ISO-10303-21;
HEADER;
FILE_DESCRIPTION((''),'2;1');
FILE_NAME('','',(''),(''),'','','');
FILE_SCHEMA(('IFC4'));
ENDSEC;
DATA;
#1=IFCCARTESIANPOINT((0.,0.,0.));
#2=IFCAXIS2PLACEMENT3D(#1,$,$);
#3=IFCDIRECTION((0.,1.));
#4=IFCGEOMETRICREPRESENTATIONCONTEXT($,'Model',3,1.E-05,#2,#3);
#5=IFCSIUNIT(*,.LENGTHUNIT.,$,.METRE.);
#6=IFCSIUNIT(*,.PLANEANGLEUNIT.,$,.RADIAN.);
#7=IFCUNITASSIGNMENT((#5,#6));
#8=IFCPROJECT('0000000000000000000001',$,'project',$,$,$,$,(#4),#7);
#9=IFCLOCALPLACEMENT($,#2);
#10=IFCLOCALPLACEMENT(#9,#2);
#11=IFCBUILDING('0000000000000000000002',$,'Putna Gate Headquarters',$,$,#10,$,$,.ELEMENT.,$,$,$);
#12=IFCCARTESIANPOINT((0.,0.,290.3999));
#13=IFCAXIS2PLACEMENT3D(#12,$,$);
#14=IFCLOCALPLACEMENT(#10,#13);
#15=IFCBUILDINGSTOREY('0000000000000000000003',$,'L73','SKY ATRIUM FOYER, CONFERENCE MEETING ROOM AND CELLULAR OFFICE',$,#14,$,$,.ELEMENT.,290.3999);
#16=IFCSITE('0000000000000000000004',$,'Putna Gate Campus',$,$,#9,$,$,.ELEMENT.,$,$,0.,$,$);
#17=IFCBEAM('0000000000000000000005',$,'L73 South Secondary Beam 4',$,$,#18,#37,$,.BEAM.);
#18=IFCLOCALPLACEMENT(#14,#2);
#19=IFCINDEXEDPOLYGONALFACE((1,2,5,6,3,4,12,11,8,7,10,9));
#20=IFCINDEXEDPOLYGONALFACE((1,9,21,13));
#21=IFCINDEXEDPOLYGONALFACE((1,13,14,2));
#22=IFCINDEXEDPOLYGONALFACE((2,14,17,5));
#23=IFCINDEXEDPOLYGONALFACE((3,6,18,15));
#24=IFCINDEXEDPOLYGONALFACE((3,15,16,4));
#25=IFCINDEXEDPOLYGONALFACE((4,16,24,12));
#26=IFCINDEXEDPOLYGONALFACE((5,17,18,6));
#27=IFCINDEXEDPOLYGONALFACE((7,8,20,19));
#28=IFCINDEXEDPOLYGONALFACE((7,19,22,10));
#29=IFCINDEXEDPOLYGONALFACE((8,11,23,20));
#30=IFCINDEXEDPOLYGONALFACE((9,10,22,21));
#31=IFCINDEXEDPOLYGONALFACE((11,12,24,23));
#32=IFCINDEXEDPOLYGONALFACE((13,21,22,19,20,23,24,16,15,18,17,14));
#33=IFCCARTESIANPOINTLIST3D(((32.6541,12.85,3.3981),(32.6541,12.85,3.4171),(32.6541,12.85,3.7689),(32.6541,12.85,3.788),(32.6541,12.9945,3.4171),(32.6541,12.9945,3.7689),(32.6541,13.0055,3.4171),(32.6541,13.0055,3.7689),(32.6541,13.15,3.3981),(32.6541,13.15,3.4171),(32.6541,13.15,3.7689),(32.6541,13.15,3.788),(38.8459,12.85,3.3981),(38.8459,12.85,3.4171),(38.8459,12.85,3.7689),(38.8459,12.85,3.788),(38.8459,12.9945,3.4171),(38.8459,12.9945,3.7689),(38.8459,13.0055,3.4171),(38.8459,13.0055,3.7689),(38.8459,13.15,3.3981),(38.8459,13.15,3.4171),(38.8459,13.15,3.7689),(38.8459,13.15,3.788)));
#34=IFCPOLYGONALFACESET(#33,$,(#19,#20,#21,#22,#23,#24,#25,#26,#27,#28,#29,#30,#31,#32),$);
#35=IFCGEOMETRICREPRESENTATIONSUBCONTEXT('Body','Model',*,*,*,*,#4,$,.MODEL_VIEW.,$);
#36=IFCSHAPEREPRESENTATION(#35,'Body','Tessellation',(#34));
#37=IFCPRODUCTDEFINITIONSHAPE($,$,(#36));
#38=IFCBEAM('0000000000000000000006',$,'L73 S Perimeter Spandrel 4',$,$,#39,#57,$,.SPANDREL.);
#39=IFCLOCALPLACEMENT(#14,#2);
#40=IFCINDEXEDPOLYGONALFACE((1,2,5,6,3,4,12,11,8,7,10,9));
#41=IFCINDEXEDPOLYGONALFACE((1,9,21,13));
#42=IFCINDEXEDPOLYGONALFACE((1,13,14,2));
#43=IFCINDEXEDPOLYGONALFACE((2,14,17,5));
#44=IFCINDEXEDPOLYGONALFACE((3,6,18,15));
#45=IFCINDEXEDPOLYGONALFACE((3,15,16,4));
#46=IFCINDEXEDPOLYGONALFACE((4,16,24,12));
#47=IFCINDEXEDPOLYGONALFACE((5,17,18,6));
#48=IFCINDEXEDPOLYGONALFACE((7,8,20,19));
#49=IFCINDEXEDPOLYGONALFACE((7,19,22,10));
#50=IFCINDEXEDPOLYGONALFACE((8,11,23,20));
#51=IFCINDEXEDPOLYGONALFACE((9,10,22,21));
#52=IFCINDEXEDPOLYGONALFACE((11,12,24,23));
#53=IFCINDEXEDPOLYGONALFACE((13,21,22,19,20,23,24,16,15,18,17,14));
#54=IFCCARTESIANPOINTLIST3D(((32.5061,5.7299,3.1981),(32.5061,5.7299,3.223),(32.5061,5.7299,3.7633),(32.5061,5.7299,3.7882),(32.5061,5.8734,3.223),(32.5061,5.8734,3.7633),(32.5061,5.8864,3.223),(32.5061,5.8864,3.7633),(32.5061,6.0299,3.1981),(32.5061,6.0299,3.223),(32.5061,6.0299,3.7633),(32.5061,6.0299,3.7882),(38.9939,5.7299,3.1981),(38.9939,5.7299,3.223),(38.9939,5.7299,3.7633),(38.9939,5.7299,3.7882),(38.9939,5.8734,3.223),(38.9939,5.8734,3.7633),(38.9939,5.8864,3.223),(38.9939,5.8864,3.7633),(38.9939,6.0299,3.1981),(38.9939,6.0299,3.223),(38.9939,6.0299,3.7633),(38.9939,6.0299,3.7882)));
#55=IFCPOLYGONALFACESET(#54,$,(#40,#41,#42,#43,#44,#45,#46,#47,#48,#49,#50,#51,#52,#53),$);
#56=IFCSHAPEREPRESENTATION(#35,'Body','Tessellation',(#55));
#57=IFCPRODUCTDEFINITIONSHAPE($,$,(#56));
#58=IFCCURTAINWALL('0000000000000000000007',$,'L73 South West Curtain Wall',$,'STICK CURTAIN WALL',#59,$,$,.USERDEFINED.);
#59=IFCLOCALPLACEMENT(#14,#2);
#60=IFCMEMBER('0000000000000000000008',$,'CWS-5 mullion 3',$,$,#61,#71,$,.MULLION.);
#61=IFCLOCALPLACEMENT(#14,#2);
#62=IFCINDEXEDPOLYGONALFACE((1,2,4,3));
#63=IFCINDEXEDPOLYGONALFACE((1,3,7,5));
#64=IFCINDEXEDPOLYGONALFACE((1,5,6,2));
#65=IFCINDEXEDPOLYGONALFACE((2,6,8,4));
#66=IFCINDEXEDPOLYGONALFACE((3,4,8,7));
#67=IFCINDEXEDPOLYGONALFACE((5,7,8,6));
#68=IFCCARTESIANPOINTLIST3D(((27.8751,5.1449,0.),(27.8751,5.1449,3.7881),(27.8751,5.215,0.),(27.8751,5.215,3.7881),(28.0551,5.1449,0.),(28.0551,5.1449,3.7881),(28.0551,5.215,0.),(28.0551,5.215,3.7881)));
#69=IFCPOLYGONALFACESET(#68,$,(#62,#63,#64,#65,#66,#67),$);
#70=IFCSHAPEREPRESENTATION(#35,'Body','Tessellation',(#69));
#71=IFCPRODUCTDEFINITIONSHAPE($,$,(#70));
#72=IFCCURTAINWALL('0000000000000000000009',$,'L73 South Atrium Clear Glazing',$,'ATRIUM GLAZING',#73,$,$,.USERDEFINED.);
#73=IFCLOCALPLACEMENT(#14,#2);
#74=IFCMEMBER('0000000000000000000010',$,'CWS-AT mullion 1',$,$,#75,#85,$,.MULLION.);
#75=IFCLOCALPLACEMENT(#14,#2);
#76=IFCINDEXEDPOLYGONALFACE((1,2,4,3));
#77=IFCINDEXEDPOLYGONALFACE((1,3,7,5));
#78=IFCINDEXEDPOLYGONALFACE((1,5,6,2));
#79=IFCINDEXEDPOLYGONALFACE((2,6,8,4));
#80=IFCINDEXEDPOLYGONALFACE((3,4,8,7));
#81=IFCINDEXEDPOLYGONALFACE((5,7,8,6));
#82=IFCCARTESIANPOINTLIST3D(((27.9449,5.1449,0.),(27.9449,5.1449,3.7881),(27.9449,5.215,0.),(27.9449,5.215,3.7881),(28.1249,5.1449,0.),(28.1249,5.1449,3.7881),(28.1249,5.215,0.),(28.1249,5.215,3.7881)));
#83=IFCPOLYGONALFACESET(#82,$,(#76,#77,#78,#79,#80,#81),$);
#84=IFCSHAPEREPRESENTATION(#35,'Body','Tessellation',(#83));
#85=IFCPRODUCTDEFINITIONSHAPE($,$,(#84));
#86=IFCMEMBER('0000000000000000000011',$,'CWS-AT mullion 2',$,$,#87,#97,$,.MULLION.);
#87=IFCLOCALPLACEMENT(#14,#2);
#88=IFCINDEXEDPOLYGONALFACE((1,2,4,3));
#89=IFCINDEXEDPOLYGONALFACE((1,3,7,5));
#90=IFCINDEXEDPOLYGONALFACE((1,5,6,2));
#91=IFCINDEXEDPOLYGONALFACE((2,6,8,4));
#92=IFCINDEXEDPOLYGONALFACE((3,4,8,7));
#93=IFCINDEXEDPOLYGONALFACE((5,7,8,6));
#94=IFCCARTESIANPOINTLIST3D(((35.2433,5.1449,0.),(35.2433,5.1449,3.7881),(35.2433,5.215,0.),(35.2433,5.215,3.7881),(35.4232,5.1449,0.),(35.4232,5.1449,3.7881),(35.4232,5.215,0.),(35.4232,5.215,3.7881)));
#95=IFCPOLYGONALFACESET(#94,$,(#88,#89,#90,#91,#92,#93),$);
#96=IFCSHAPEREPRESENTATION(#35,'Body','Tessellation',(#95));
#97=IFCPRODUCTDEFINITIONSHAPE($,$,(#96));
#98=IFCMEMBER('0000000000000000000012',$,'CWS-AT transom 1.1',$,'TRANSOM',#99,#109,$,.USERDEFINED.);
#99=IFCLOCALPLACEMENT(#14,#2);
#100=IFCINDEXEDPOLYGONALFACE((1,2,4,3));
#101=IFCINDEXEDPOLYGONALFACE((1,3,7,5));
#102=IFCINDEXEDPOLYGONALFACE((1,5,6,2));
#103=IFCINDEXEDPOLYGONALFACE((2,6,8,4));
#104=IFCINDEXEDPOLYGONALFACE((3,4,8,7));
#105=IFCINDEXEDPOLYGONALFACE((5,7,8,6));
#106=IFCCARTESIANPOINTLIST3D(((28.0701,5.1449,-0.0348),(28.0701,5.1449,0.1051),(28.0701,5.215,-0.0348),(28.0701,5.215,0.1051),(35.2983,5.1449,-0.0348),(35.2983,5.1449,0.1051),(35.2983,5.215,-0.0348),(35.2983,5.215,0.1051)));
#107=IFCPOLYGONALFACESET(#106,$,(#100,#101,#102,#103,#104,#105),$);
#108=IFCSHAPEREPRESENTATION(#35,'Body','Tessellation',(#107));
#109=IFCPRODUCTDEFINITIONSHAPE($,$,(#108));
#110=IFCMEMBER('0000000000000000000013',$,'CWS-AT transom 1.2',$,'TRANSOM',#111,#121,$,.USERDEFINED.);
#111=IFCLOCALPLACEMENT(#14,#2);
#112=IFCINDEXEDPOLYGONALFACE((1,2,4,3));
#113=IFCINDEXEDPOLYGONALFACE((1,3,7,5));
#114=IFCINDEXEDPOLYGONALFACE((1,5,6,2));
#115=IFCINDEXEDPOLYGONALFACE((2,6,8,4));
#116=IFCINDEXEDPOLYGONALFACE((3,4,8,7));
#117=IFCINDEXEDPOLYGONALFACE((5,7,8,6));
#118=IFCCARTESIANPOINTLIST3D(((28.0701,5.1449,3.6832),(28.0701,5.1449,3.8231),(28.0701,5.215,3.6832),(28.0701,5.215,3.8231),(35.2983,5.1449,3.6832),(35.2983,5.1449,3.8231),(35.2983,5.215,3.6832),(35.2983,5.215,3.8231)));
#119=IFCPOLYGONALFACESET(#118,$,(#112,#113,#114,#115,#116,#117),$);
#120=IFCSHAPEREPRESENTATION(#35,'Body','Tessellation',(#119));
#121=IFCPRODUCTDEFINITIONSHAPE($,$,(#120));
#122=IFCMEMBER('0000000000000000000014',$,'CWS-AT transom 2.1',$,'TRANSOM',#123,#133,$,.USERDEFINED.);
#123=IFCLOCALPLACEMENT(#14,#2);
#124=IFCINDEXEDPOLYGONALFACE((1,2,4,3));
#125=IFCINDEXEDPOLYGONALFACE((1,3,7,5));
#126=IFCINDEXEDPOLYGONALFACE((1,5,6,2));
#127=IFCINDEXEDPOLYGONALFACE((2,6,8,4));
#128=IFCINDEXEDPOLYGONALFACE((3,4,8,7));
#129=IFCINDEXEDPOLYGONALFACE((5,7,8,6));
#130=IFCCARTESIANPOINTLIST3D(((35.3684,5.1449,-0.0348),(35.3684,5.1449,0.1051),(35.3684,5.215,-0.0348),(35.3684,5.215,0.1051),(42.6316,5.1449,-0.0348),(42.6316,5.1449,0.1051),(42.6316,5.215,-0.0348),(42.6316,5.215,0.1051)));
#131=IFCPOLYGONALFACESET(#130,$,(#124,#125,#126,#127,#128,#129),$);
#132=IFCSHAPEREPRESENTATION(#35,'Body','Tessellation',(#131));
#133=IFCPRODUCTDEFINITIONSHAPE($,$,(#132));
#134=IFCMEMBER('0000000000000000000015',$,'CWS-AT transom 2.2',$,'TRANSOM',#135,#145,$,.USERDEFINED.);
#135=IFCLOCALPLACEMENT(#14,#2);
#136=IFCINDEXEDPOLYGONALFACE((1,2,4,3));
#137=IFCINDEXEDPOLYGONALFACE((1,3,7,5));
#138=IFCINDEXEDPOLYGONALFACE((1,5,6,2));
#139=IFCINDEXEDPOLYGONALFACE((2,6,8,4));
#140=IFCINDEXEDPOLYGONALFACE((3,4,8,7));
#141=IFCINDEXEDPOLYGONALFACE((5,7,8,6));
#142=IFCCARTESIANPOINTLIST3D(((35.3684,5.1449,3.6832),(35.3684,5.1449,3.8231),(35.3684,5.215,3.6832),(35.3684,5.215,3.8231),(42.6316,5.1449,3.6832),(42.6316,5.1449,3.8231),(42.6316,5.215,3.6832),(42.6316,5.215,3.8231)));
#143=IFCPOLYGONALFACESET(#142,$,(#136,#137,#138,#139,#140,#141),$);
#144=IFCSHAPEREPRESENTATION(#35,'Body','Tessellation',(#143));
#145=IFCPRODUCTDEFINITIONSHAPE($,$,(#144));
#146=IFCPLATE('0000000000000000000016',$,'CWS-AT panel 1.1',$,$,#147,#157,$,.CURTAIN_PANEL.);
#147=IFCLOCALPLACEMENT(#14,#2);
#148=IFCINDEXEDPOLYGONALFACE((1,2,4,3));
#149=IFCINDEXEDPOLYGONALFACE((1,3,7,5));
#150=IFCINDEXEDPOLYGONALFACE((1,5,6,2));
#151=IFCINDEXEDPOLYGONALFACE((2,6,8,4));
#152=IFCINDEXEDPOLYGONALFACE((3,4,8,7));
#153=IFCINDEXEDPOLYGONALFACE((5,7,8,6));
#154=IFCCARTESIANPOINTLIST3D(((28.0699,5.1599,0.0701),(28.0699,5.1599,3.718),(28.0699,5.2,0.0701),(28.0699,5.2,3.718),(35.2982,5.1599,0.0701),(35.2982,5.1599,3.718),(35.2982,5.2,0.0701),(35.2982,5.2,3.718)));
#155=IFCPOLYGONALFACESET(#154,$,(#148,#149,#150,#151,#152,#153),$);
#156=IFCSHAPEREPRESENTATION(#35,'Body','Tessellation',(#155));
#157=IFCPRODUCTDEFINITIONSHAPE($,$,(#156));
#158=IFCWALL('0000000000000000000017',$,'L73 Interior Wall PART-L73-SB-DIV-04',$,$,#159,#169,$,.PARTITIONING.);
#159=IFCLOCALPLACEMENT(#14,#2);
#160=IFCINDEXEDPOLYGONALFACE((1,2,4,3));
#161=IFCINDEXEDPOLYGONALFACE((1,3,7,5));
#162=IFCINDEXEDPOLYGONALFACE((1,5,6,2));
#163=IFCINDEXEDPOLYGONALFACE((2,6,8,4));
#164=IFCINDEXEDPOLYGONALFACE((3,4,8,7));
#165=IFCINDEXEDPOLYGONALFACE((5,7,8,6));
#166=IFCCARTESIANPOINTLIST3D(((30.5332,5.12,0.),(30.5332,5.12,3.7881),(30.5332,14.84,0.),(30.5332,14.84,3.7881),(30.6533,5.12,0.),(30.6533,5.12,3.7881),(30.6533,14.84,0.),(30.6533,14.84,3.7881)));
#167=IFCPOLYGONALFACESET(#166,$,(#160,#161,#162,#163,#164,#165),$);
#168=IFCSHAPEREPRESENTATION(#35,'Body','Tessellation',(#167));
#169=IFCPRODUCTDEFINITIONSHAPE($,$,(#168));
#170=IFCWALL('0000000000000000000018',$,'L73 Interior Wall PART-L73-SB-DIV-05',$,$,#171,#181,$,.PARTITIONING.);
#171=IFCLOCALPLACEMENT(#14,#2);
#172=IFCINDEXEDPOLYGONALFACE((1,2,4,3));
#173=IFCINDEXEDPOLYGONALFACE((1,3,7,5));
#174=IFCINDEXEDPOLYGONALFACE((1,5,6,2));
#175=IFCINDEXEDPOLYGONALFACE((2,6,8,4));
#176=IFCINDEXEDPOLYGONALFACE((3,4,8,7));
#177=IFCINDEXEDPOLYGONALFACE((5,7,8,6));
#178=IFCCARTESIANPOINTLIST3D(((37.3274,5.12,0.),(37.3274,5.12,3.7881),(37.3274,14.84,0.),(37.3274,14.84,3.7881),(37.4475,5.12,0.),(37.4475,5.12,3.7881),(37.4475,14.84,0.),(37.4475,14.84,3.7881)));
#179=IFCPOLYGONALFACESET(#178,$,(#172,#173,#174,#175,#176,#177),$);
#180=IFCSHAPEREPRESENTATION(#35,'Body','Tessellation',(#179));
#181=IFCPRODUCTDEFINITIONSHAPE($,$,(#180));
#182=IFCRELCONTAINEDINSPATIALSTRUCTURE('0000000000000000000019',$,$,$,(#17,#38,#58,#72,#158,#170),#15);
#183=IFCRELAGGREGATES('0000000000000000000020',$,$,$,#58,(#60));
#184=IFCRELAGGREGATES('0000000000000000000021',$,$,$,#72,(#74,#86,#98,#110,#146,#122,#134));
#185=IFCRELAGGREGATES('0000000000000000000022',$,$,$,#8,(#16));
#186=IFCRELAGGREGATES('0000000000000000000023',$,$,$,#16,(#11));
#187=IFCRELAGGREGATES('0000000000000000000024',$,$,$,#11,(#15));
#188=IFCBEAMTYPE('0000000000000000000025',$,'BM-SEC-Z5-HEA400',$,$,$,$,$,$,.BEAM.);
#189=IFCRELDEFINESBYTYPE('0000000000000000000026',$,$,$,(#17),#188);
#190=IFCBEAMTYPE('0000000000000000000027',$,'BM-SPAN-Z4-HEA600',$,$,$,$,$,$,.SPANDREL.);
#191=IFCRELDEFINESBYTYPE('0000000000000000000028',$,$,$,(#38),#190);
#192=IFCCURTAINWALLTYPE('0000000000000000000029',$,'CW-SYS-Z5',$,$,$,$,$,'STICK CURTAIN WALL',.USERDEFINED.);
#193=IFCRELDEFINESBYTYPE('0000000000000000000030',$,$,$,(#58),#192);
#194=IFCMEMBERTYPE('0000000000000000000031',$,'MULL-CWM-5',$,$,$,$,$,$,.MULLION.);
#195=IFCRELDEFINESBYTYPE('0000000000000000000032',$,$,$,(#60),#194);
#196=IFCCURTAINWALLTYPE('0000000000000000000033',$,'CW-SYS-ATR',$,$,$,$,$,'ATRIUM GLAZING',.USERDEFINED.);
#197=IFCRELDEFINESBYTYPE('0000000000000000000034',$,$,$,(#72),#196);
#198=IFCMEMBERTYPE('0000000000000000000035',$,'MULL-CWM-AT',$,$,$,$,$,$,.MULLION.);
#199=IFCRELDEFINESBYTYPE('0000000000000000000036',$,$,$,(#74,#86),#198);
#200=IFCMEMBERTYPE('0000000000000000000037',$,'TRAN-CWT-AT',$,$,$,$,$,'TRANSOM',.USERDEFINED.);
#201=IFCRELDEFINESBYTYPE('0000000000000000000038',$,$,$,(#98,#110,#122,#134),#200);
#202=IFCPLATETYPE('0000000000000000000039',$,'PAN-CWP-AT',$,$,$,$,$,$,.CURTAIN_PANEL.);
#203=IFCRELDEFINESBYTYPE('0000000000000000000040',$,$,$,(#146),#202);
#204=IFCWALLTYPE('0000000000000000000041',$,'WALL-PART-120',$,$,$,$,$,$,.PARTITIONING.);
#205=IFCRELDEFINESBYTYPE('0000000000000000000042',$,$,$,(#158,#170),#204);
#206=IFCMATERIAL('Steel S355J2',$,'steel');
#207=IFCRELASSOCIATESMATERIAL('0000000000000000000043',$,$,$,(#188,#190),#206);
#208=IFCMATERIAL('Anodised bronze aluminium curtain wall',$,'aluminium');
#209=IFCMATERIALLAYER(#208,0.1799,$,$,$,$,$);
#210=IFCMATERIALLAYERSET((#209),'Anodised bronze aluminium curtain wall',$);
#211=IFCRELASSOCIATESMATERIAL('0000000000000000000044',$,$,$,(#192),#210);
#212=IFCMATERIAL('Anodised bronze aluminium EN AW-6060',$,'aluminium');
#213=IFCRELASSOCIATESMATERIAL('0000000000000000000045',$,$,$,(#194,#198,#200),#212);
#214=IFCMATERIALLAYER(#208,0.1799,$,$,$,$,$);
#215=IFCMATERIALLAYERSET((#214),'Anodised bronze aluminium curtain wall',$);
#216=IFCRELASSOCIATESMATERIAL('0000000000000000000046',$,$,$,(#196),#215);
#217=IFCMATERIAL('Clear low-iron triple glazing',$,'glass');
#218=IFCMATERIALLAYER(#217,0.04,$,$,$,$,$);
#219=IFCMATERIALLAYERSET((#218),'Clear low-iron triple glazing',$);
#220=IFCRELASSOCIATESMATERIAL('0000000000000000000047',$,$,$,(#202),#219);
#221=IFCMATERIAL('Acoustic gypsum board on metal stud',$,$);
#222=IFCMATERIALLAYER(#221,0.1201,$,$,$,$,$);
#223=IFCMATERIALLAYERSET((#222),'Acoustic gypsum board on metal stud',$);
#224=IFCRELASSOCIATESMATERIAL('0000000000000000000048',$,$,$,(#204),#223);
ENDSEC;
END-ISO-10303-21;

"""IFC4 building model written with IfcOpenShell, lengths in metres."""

from ifc_helpers import new_model, si_unit, direction, frame, frame_2d, origin, origin_2d, place, context, subcontext, project, spatial, rectangle, i_section, extrude, material, layer, layer_set, material_profile, profile_set, type_object, element, aggregate, save


model = new_model("IFC4")

# Units and contexts
model_context = context("Model", 3, precision=1e-05, world=origin(), true_north=direction((0.0, 1.0)))
body_context = subcontext(model_context, "Body", "Model", "MODEL_VIEW")
ifc_project = project(units=[si_unit("LENGTHUNIT", "METRE"), si_unit("PLANEANGLEUNIT", "RADIAN")], contexts=[model_context])

# Site, building, storey
site_placement = place(None, origin())
site = spatial("IfcSite", under=ifc_project, at=site_placement, Name="Putna Gate Campus", CompositionType="ELEMENT", RefElevation=0.0)
building_placement = place(site_placement, origin())
building = spatial("IfcBuilding", under=site, at=building_placement, Name="Putna Gate Headquarters", CompositionType="ELEMENT")
storey_placement = place(building_placement, frame((0.0, 0.0, 290.3999)))
storey = spatial("IfcBuildingStorey", under=building, at=storey_placement, Name="L73", Description="SKY ATRIUM FOYER, CONFERENCE MEETING ROOM AND CELLULAR OFFICE", CompositionType="ELEMENT", Elevation=290.3999)

# Beams
ifc_material_1 = material(Name="Steel S355J2", Category="steel")
ifc_material_profile_1 = material_profile(ifc_material_1, i_section(OverallWidth=0.3, OverallDepth=0.3899, WebThickness=0.011, FlangeThickness=0.019, at=origin_2d()), Name="Steel S355J2")
ifc_profile_set_1 = profile_set([ifc_material_profile_1], Name="Steel S355J2")
beam_type_1 = type_object("IfcBeamType", Name="BM-SEC-Z5-HEA400", PredefinedType="BEAM", material=ifc_profile_set_1)
beam_1_placement = place(storey_placement, frame((32.6541, 13.0, 3.593), z_axis=(1.0, 0.0, 0.0), x_axis=(0.0, 1.0, 0.0)))
element("IfcBeam", 1, at=beam_1_placement, inside=storey, type_object=beam_type_1, Name="L73 South Secondary Beam 4", PredefinedType="BEAM", context=body_context, shape_type="SweptSolid", body=[
    extrude(i_section(OverallWidth=0.3, OverallDepth=0.3899, WebThickness=0.011, FlangeThickness=0.019, at=origin_2d()), origin(), (0.0, 0.0, 1.0), 6.1919),
])
ifc_material_profile_2 = material_profile(ifc_material_1, i_section(OverallWidth=0.3, OverallDepth=0.5901, WebThickness=0.0129, FlangeThickness=0.0249, at=origin_2d()), Name="Steel S355J2")
ifc_profile_set_2 = profile_set([ifc_material_profile_2], Name="Steel S355J2")
beam_type_2 = type_object("IfcBeamType", Name="BM-SPAN-Z4-HEA600", PredefinedType="SPANDREL", material=ifc_profile_set_2)
beam_2_placement = place(storey_placement, frame((32.5061, 5.8799, 3.4932), z_axis=(1.0, 0.0, 0.0), x_axis=(0.0, 1.0, 0.0)))
element("IfcBeam", 2, at=beam_2_placement, inside=storey, type_object=beam_type_2, Name="L73 S Perimeter Spandrel 4", PredefinedType="SPANDREL", context=body_context, shape_type="SweptSolid", body=[
    extrude(i_section(OverallWidth=0.3, OverallDepth=0.5901, WebThickness=0.0129, FlangeThickness=0.0249, at=origin_2d()), origin(), (0.0, 0.0, 1.0), 6.4878),
])

# Curtain wall, member
ifc_material_2 = material(Name="Anodised bronze aluminium curtain wall", Category="aluminium")
ifc_layer_1 = layer(ifc_material_2, 0.1799)
ifc_layer_set_1 = layer_set([ifc_layer_1], Name="Anodised bronze aluminium curtain wall")
curtain_wall_type_1 = type_object("IfcCurtainWallType", Name="CW-SYS-Z5", ElementType="STICK CURTAIN WALL", PredefinedType="USERDEFINED", material=ifc_layer_set_1)
curtain_wall_1_placement = place(storey_placement, origin())
curtain_wall_1 = element("IfcCurtainWall", 3, at=curtain_wall_1_placement, inside=storey, type_object=curtain_wall_type_1, Name="L73 South West Curtain Wall", ObjectType="STICK CURTAIN WALL", PredefinedType="USERDEFINED")
ifc_material_3 = material(Name="Anodised bronze aluminium EN AW-6060", Category="aluminium")
ifc_material_profile_3 = material_profile(ifc_material_3, rectangle(XDim=0.0701, YDim=0.1799, at=origin_2d()), Name="Anodised bronze aluminium EN AW-6060")
ifc_profile_set_3 = profile_set([ifc_material_profile_3], Name="Anodised bronze aluminium EN AW-6060")
member_type_1 = type_object("IfcMemberType", Name="MULL-CWM-5", PredefinedType="MULLION", material=ifc_profile_set_3)
member_1_placement = place(storey_placement, frame((27.9651, 5.1799, 0.0), z_axis=(0.0, 0.0, 1.0), x_axis=(0.0, 1.0, 0.0)))
member_1 = element("IfcMember", 4, at=member_1_placement, type_object=member_type_1, Name="CWS-5 mullion 3", PredefinedType="MULLION", context=body_context, shape_type="SweptSolid", body=[
    extrude(rectangle(XDim=0.0701, YDim=0.1799, at=origin_2d()), origin(), (0.0, 0.0, 1.0), 3.7881),
])
aggregate(curtain_wall_1, [member_1])

# Curtain wall, members, plate
ifc_layer_2 = layer(ifc_material_2, 0.1799)
ifc_layer_set_2 = layer_set([ifc_layer_2], Name="Anodised bronze aluminium curtain wall")
curtain_wall_type_2 = type_object("IfcCurtainWallType", Name="CW-SYS-ATR", ElementType="ATRIUM GLAZING", PredefinedType="USERDEFINED", material=ifc_layer_set_2)
curtain_wall_2_placement = place(storey_placement, origin())
curtain_wall_2 = element("IfcCurtainWall", 5, at=curtain_wall_2_placement, inside=storey, type_object=curtain_wall_type_2, Name="L73 South Atrium Clear Glazing", ObjectType="ATRIUM GLAZING", PredefinedType="USERDEFINED")
ifc_material_profile_4 = material_profile(ifc_material_3, rectangle(XDim=0.0701, YDim=0.1799, at=origin_2d()), Name="Anodised bronze aluminium EN AW-6060")
ifc_profile_set_4 = profile_set([ifc_material_profile_4], Name="Anodised bronze aluminium EN AW-6060")
member_type_2 = type_object("IfcMemberType", Name="MULL-CWM-AT", PredefinedType="MULLION", material=ifc_profile_set_4)
member_2_placement = place(storey_placement, frame((28.0349, 5.1799, 0.0), z_axis=(0.0, 0.0, 1.0), x_axis=(0.0, 1.0, 0.0)))
member_2 = element("IfcMember", 6, at=member_2_placement, type_object=member_type_2, Name="CWS-AT mullion 1", PredefinedType="MULLION", context=body_context, shape_type="SweptSolid", body=[
    extrude(rectangle(XDim=0.0701, YDim=0.1799, at=origin_2d()), origin(), (0.0, 0.0, 1.0), 3.7881),
])
member_3_placement = place(storey_placement, frame((35.3333, 5.1799, 0.0), z_axis=(0.0, 0.0, 1.0), x_axis=(0.0, 1.0, 0.0)))
member_3 = element("IfcMember", 7, at=member_3_placement, type_object=member_type_2, Name="CWS-AT mullion 2", PredefinedType="MULLION", context=body_context, shape_type="SweptSolid", body=[
    extrude(rectangle(XDim=0.0701, YDim=0.1799, at=origin_2d()), origin(), (0.0, 0.0, 1.0), 3.7881),
])
ifc_material_profile_5 = material_profile(ifc_material_3, rectangle(XDim=0.0701, YDim=0.1399, at=origin_2d()), Name="Anodised bronze aluminium EN AW-6060")
ifc_profile_set_5 = profile_set([ifc_material_profile_5], Name="Anodised bronze aluminium EN AW-6060")
member_type_3 = type_object("IfcMemberType", Name="TRAN-CWT-AT", ElementType="TRANSOM", PredefinedType="USERDEFINED", material=ifc_profile_set_5)
member_4_placement = place(storey_placement, frame((28.0701, 5.1799, 0.0352), z_axis=(1.0, 0.0, 0.0), x_axis=(0.0, 1.0, 0.0)))
member_4 = element("IfcMember", 8, at=member_4_placement, type_object=member_type_3, Name="CWS-AT transom 1.1", ObjectType="TRANSOM", PredefinedType="USERDEFINED", context=body_context, shape_type="SweptSolid", body=[
    extrude(rectangle(XDim=0.0701, YDim=0.1399, at=origin_2d()), origin(), (0.0, 0.0, 1.0), 7.2283),
])
member_5_placement = place(storey_placement, frame((28.0701, 5.1799, 3.7532), z_axis=(1.0, 0.0, 0.0), x_axis=(0.0, 1.0, 0.0)))
member_5 = element("IfcMember", 9, at=member_5_placement, type_object=member_type_3, Name="CWS-AT transom 1.2", ObjectType="TRANSOM", PredefinedType="USERDEFINED", context=body_context, shape_type="SweptSolid", body=[
    extrude(rectangle(XDim=0.0701, YDim=0.1399, at=origin_2d()), origin(), (0.0, 0.0, 1.0), 7.2283),
])
member_6_placement = place(storey_placement, frame((35.3684, 5.1799, 0.0352), z_axis=(1.0, 0.0, 0.0), x_axis=(0.0, 1.0, 0.0)))
member_6 = element("IfcMember", 10, at=member_6_placement, type_object=member_type_3, Name="CWS-AT transom 2.1", ObjectType="TRANSOM", PredefinedType="USERDEFINED", context=body_context, shape_type="SweptSolid", body=[
    extrude(rectangle(XDim=0.0701, YDim=0.1399, at=origin_2d()), origin(), (0.0, 0.0, 1.0), 7.2632),
])
member_7_placement = place(storey_placement, frame((35.3684, 5.1799, 3.7532), z_axis=(1.0, 0.0, 0.0), x_axis=(0.0, 1.0, 0.0)))
member_7 = element("IfcMember", 11, at=member_7_placement, type_object=member_type_3, Name="CWS-AT transom 2.2", ObjectType="TRANSOM", PredefinedType="USERDEFINED", context=body_context, shape_type="SweptSolid", body=[
    extrude(rectangle(XDim=0.0701, YDim=0.1399, at=origin_2d()), origin(), (0.0, 0.0, 1.0), 7.2632),
])
ifc_material_4 = material(Name="Clear low-iron triple glazing", Category="glass")
ifc_layer_3 = layer(ifc_material_4, 0.04)
ifc_layer_set_3 = layer_set([ifc_layer_3], Name="Clear low-iron triple glazing")
plate_type = type_object("IfcPlateType", Name="PAN-CWP-AT", PredefinedType="CURTAIN_PANEL", material=ifc_layer_set_3)
plate_placement = place(storey_placement, frame((31.6841, 5.1799, 0.0701), z_axis=(0.0, 0.0, 1.0), x_axis=(1.0, 0.0, 0.0)))
plate = element("IfcPlate", 12, at=plate_placement, type_object=plate_type, Name="CWS-AT panel 1.1", PredefinedType="CURTAIN_PANEL", context=body_context, shape_type="SweptSolid", body=[
    extrude(rectangle(XDim=7.2283, YDim=0.04, at=origin_2d()), origin(), (0.0, 0.0, 1.0), 3.6479),
])
aggregate(curtain_wall_2, [member_2, member_3, member_4, member_5, plate, member_6, member_7])

# Walls
ifc_material_5 = material(Name="Acoustic gypsum board on metal stud")
ifc_layer_4 = layer(ifc_material_5, 0.1201)
ifc_layer_set_4 = layer_set([ifc_layer_4], Name="Acoustic gypsum board on metal stud")
wall_type_1 = type_object("IfcWallType", Name="WALL-PART-120", PredefinedType="PARTITIONING", material=ifc_layer_set_4)
for number, where, z_axis, x_axis, name in (
    (13, (30.5933, 5.1201, 0.0), (0.0, 0.0, 1.0), (0.0, 1.0, 0.0), "L73 Interior Wall PART-L73-SB-DIV-04"),
    (14, (37.3875, 5.1201, 0.0), (0.0, 0.0, 1.0), (0.0, 1.0, 0.0), "L73 Interior Wall PART-L73-SB-DIV-05"),
):
    element("IfcWall", number, at=place(storey_placement, frame(where, z_axis=z_axis, x_axis=x_axis)), inside=storey, type_object=wall_type_1, Name=name, PredefinedType="PARTITIONING", context=body_context, shape_type="SweptSolid", body=[
        extrude(rectangle(XDim=9.72, YDim=0.1201, at=frame_2d((4.8599, 0.0))), origin(), (0.0, 0.0, 1.0), 3.7881),
    ])

save(model, "model.ifc")
